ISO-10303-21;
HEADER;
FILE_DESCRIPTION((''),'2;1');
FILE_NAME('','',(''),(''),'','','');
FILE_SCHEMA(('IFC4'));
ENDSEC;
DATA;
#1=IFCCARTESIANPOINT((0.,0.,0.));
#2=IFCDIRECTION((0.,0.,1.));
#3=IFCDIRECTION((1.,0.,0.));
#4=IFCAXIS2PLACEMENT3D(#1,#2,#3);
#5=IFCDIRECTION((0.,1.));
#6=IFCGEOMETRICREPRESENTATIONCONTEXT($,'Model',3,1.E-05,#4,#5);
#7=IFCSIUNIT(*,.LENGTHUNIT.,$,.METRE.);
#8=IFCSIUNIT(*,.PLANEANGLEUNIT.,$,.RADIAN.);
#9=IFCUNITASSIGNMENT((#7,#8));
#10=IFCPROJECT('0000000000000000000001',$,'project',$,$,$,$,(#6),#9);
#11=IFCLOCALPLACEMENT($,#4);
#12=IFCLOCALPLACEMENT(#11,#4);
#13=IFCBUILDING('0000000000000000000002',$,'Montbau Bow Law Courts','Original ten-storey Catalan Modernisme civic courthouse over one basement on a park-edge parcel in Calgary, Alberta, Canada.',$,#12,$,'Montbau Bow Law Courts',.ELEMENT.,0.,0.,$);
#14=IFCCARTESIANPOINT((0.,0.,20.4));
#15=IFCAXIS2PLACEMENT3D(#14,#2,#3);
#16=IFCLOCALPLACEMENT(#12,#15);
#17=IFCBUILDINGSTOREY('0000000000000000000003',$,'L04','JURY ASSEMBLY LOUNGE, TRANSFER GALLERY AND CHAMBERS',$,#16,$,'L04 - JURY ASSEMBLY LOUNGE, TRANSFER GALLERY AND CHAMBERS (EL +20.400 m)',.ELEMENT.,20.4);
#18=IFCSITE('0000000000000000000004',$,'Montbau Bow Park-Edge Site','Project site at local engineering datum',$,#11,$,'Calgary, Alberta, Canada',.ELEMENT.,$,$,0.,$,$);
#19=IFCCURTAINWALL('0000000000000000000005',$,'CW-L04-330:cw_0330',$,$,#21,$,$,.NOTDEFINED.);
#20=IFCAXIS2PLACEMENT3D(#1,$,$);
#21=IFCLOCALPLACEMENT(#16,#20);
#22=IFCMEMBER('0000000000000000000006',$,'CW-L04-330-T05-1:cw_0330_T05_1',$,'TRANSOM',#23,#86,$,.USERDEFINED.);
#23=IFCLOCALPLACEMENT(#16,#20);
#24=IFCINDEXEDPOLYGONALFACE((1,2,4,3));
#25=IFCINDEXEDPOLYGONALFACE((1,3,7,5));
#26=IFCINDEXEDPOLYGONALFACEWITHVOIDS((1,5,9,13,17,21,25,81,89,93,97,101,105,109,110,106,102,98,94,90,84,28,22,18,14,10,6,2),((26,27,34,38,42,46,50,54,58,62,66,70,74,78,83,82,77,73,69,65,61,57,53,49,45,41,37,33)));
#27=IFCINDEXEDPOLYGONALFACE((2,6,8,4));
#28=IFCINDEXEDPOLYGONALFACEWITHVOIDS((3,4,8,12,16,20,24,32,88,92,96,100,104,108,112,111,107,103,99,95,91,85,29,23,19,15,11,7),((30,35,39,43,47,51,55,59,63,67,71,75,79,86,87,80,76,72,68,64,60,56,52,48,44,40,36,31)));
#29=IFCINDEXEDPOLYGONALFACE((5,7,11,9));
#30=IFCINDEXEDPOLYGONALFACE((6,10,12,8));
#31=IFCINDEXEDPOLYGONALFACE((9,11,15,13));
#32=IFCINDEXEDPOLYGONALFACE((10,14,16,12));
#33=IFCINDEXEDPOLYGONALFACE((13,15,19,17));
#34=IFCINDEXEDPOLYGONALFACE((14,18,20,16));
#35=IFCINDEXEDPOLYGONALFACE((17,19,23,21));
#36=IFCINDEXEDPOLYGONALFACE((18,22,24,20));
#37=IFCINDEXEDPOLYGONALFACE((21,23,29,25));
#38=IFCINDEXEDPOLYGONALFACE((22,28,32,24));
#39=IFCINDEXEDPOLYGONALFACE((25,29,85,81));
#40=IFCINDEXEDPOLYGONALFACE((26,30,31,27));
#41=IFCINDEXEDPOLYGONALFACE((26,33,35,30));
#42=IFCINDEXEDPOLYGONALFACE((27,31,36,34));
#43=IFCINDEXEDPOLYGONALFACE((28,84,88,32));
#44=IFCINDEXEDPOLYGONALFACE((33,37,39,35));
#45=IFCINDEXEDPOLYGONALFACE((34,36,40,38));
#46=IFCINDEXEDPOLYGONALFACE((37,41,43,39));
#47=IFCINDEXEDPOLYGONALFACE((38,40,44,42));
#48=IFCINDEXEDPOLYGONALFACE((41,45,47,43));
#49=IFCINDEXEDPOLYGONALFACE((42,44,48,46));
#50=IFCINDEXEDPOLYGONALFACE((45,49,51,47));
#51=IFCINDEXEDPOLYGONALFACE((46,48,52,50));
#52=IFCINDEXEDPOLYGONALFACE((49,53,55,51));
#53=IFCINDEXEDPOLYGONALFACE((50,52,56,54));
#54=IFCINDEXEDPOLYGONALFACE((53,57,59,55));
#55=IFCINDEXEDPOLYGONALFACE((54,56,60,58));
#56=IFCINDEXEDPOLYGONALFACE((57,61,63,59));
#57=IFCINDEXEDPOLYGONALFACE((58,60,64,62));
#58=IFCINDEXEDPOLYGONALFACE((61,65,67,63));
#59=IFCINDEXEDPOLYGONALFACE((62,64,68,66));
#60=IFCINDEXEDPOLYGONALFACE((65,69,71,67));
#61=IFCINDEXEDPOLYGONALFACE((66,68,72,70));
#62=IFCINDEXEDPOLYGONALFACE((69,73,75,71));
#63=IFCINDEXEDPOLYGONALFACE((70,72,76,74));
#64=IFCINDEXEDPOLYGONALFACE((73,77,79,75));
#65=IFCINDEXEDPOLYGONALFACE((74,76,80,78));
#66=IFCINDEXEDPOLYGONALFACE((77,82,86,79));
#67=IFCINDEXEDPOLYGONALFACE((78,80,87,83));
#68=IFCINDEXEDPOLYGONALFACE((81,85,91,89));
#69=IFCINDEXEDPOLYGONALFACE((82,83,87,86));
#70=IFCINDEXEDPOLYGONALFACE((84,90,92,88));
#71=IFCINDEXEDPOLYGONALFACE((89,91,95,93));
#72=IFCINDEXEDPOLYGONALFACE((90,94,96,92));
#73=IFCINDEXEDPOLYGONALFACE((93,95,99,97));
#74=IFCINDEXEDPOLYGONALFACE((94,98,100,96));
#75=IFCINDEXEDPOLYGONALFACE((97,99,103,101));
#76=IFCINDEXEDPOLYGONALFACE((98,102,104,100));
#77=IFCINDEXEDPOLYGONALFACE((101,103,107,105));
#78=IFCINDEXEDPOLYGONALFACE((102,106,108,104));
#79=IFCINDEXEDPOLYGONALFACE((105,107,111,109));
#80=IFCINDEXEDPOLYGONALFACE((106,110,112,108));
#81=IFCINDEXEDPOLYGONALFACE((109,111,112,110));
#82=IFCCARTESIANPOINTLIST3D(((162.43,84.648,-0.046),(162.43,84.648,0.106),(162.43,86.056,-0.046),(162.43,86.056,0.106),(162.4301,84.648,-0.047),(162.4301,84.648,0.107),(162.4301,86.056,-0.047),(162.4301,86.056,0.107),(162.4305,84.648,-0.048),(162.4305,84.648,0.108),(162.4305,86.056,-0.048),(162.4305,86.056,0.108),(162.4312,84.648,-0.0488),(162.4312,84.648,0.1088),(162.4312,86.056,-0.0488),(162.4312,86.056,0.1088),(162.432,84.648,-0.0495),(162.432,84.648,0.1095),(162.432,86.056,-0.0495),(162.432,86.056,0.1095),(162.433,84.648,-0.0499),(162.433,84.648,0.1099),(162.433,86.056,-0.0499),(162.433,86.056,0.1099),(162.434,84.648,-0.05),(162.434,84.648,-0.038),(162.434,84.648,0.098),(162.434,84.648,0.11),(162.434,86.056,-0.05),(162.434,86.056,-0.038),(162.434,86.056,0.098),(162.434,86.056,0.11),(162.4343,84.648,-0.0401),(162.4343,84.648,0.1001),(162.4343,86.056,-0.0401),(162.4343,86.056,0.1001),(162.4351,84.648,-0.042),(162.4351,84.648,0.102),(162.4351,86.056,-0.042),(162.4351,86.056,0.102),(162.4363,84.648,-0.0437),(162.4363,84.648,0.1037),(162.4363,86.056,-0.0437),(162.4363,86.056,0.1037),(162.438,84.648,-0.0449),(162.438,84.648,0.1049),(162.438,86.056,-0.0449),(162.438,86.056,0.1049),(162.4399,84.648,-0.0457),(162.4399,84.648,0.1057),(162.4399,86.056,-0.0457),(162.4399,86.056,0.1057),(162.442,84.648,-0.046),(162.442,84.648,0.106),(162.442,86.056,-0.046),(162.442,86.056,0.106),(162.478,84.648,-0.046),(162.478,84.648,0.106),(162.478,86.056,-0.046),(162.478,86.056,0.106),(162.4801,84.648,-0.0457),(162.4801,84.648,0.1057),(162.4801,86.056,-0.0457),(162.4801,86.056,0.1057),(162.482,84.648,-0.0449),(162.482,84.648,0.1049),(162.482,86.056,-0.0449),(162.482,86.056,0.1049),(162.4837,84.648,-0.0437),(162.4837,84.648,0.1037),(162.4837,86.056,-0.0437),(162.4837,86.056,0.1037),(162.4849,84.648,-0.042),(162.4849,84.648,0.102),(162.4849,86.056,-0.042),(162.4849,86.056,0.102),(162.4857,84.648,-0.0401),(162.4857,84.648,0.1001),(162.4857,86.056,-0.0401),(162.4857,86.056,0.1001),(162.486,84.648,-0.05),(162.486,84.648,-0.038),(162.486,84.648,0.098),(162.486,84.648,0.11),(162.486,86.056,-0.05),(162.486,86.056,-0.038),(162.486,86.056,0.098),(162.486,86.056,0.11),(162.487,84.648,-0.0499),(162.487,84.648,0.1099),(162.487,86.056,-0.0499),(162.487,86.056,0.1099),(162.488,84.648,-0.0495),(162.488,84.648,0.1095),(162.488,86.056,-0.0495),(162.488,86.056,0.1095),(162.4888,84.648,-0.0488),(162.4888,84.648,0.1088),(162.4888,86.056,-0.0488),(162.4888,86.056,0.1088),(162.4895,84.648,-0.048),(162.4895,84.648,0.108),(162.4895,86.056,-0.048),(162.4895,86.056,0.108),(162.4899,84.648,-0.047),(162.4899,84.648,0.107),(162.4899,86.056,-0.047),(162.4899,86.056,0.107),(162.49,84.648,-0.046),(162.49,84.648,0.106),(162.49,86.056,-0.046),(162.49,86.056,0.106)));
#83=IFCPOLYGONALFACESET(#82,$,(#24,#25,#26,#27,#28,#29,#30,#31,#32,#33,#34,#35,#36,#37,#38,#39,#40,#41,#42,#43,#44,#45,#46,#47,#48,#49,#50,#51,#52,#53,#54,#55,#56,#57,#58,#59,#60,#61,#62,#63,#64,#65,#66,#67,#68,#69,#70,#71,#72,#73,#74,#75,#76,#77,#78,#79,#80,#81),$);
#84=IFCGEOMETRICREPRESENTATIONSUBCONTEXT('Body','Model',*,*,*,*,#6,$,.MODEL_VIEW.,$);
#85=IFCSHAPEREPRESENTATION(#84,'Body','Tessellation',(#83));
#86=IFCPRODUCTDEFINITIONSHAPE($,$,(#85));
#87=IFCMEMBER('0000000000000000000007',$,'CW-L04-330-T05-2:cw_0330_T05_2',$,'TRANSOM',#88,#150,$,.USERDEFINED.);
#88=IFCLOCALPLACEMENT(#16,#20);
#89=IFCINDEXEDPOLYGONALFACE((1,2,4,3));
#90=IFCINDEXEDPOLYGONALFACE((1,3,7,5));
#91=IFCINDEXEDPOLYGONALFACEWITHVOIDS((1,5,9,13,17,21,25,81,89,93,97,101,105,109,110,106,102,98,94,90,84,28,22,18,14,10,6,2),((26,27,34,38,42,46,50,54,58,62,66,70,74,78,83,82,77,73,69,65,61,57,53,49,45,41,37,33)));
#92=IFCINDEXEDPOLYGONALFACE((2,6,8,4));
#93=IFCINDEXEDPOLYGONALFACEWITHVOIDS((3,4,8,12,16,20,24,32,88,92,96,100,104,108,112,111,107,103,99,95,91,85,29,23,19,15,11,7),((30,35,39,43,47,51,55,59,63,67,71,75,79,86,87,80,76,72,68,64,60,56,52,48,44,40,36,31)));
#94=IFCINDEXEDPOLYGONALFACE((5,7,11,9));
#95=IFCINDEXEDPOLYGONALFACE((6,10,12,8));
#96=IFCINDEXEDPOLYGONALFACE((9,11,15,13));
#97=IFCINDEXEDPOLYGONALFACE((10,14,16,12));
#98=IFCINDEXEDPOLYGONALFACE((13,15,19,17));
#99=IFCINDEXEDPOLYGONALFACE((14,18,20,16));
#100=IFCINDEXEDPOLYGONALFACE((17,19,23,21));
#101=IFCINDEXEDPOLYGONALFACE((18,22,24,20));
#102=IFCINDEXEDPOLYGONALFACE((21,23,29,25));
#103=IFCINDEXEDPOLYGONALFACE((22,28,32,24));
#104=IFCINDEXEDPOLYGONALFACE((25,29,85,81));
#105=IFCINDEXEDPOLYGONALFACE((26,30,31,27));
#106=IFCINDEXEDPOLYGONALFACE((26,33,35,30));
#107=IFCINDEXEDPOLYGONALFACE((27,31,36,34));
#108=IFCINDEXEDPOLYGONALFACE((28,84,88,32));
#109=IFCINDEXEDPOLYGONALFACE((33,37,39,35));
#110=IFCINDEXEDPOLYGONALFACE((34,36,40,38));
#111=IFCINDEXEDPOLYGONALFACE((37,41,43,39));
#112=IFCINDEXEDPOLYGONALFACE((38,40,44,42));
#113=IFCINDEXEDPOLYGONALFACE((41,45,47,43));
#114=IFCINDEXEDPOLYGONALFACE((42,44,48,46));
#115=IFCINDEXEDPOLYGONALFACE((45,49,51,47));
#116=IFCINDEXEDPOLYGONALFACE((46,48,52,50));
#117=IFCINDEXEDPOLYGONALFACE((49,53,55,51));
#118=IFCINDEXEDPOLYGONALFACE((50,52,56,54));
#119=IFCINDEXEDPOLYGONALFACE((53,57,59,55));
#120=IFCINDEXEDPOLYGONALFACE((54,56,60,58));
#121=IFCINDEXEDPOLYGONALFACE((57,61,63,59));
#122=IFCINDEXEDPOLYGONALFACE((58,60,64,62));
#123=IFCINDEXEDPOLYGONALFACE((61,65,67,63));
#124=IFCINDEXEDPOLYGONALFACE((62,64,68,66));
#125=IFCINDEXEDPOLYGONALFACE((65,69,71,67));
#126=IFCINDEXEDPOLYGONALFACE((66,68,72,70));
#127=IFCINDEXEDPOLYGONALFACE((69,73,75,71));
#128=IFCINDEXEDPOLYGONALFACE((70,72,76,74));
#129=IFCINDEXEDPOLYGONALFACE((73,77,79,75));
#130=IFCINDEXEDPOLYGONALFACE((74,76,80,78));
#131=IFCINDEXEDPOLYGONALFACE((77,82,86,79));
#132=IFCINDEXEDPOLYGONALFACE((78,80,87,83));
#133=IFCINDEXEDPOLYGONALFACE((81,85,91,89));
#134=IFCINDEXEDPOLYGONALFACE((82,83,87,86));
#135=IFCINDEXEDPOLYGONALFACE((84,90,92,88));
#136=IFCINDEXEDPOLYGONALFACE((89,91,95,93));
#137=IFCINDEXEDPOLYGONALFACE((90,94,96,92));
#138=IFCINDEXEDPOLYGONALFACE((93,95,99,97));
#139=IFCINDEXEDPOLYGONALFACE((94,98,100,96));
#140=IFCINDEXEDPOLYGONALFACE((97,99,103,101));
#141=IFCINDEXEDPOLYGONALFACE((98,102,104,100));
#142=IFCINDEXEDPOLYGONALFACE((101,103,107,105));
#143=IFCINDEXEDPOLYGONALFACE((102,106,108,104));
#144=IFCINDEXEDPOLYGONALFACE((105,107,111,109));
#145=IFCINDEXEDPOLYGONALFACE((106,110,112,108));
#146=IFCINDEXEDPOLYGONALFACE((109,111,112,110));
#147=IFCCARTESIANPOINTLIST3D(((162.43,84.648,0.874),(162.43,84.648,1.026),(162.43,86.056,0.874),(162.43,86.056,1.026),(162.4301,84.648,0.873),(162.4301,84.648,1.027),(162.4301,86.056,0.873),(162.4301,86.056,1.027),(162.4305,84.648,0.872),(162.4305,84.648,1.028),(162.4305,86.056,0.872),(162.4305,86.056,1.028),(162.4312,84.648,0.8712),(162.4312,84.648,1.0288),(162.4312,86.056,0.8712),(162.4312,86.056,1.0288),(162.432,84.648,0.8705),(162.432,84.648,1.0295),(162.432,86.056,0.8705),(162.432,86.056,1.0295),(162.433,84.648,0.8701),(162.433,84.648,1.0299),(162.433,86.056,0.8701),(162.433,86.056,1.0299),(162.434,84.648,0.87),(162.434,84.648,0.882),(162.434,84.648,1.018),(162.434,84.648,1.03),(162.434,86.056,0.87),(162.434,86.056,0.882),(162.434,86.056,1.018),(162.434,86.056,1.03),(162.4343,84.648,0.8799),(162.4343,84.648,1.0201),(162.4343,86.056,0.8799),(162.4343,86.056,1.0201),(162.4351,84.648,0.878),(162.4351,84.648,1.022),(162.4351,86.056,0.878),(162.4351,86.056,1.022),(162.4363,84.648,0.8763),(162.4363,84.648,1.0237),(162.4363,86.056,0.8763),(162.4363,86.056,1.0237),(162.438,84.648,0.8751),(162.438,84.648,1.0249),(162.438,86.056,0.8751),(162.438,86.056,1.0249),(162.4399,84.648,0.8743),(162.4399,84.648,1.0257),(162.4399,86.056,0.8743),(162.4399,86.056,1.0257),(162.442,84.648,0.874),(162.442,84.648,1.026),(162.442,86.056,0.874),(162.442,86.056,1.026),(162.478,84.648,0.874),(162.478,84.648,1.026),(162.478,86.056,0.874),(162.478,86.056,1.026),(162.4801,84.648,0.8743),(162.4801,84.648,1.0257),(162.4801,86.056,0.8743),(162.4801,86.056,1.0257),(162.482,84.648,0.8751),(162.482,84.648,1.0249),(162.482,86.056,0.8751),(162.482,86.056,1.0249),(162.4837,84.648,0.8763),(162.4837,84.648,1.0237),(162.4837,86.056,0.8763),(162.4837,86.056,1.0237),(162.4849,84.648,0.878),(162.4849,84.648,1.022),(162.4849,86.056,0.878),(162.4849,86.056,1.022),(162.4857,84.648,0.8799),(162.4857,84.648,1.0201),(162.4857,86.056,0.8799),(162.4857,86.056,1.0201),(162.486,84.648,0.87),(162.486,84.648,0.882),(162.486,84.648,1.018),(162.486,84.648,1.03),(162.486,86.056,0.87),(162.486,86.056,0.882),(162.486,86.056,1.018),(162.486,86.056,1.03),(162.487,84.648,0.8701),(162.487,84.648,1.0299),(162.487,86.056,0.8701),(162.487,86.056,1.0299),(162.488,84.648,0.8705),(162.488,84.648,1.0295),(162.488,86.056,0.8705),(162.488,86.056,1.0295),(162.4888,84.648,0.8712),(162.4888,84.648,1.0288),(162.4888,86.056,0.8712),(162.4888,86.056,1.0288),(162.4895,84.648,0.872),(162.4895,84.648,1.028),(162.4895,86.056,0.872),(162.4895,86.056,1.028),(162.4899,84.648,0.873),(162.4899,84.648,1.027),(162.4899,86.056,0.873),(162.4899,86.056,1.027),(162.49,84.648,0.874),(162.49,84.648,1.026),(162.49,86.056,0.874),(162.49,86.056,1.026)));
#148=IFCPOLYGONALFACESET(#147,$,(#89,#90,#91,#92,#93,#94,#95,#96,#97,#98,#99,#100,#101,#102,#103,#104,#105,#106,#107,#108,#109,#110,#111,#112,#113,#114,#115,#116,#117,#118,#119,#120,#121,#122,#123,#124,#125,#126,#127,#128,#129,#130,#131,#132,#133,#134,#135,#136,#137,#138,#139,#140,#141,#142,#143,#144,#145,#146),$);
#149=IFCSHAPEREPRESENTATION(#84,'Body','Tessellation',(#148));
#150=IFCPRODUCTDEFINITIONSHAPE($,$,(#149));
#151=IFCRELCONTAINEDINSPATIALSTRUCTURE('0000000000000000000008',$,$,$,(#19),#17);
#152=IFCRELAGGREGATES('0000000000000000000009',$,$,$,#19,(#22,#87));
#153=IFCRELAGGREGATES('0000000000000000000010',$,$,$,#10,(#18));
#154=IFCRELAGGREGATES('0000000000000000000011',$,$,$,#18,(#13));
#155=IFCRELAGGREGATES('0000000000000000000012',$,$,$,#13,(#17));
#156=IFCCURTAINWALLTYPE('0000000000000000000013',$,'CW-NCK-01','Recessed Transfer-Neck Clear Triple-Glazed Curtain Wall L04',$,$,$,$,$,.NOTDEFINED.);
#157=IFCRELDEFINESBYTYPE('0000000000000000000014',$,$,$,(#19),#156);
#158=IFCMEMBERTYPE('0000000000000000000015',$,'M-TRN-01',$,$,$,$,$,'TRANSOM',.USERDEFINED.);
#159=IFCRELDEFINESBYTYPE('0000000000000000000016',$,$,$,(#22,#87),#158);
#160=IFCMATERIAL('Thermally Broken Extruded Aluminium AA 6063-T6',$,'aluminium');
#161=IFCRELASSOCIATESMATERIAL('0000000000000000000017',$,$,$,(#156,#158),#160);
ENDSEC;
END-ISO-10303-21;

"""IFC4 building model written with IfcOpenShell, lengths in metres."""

from ifc_helpers import new_model, si_unit, direction, frame, origin_with_axes, origin_2d_with_axis, place, context, subcontext, project, spatial, hollow_rectangle, extrude, material, material_profile, profile_set, type_object, element, aggregate, save


model = new_model("IFC4")

# Units and contexts
model_context = context("Model", 3, precision=1e-05, world=origin_with_axes(), true_north=direction((0.0, 1.0)))
body_context = subcontext(model_context, "Body", "Model", "MODEL_VIEW")
ifc_project = project(units=[si_unit("LENGTHUNIT", "METRE"), si_unit("PLANEANGLEUNIT", "RADIAN")], contexts=[model_context])

# Site, building, storey
site_placement = place(None, origin_with_axes())
site = spatial("IfcSite", under=ifc_project, at=site_placement, Name="Montbau Bow Park-Edge Site", Description="Project site at local engineering datum", LongName="Calgary, Alberta, Canada", CompositionType="ELEMENT", RefElevation=0.0)
building_placement = place(site_placement, origin_with_axes())
building = spatial("IfcBuilding", under=site, at=building_placement, Name="Montbau Bow Law Courts", Description="Original ten-storey Catalan Modernisme civic courthouse over one basement on a park-edge parcel in Calgary, Alberta, Canada.", LongName="Montbau Bow Law Courts", CompositionType="ELEMENT", ElevationOfRefHeight=0.0, ElevationOfTerrain=0.0)
storey_placement = place(building_placement, frame((0.0, 0.0, 20.4), z_axis=(0.0, 0.0, 1.0), x_axis=(1.0, 0.0, 0.0)))
storey = spatial("IfcBuildingStorey", under=building, at=storey_placement, Name="L04", Description="JURY ASSEMBLY LOUNGE, TRANSFER GALLERY AND CHAMBERS", LongName="L04 - JURY ASSEMBLY LOUNGE, TRANSFER GALLERY AND CHAMBERS (EL +20.400 m)", CompositionType="ELEMENT", Elevation=20.4)

# Curtain wall, members
ifc_material_1 = material(Name="Thermally Broken Extruded Aluminium AA 6063-T6", Category="aluminium")
curtain_wall_type = type_object("IfcCurtainWallType", Name="CW-NCK-01", Description="Recessed Transfer-Neck Clear Triple-Glazed Curtain Wall L04", PredefinedType="NOTDEFINED", material=ifc_material_1)
curtain_wall_placement = place(None, frame((162.46, 78.515, 20.4), z_axis=(0.0, 0.0, 1.0), x_axis=(1.0, 0.0, 0.0)))
curtain_wall = element("IfcCurtainWall", 1, at=curtain_wall_placement, inside=storey, type_object=curtain_wall_type, Name="CW-L04-330:cw_0330", PredefinedType="NOTDEFINED")
ifc_material_profile_1 = material_profile(ifc_material_1, hollow_rectangle(XDim=0.06, YDim=0.16, WallThickness=0.004, InnerFilletRadius=0.008, OuterFilletRadius=0.004, at=origin_2d_with_axis()), Name="CWT-160X60", Category="Main", Priority=0)
ifc_profile_set_1 = profile_set([ifc_material_profile_1], Name="Thermally Broken Extruded Aluminium AA 6063-T6")
member_type_1 = type_object("IfcMemberType", Name="M-TRN-01", ElementType="TRANSOM", PredefinedType="USERDEFINED", material=ifc_profile_set_1)
member_1_placement = place(None, frame((162.46, 84.648, 20.43), z_axis=(0.0, 1.0, 0.0), x_axis=(-1.0, 0.0, 0.0)))
member_1 = element("IfcMember", 2, at=member_1_placement, type_object=member_type_1, Name="CW-L04-330-T05-1:cw_0330_T05_1", ObjectType="TRANSOM", PredefinedType="USERDEFINED", context=body_context, shape_type="SweptSolid", body=[
    extrude(hollow_rectangle(XDim=0.06, YDim=0.16, WallThickness=0.004, InnerFilletRadius=0.008, OuterFilletRadius=0.004, at=origin_2d_with_axis()), origin_with_axes(), (0.0, 0.0, 1.0), 1.408),
])
member_2_placement = place(None, frame((162.46, 84.648, 21.35), z_axis=(0.0, 1.0, 0.0), x_axis=(-1.0, 0.0, 0.0)))
member_2 = element("IfcMember", 3, at=member_2_placement, type_object=member_type_1, Name="CW-L04-330-T05-2:cw_0330_T05_2", ObjectType="TRANSOM", PredefinedType="USERDEFINED", context=body_context, shape_type="SweptSolid", body=[
    extrude(hollow_rectangle(XDim=0.06, YDim=0.16, WallThickness=0.004, InnerFilletRadius=0.008, OuterFilletRadius=0.004, at=origin_2d_with_axis()), origin_with_axes(), (0.0, 0.0, 1.0), 1.408),
])
aggregate(curtain_wall, [member_1, member_2])

save(model, "model.ifc")
